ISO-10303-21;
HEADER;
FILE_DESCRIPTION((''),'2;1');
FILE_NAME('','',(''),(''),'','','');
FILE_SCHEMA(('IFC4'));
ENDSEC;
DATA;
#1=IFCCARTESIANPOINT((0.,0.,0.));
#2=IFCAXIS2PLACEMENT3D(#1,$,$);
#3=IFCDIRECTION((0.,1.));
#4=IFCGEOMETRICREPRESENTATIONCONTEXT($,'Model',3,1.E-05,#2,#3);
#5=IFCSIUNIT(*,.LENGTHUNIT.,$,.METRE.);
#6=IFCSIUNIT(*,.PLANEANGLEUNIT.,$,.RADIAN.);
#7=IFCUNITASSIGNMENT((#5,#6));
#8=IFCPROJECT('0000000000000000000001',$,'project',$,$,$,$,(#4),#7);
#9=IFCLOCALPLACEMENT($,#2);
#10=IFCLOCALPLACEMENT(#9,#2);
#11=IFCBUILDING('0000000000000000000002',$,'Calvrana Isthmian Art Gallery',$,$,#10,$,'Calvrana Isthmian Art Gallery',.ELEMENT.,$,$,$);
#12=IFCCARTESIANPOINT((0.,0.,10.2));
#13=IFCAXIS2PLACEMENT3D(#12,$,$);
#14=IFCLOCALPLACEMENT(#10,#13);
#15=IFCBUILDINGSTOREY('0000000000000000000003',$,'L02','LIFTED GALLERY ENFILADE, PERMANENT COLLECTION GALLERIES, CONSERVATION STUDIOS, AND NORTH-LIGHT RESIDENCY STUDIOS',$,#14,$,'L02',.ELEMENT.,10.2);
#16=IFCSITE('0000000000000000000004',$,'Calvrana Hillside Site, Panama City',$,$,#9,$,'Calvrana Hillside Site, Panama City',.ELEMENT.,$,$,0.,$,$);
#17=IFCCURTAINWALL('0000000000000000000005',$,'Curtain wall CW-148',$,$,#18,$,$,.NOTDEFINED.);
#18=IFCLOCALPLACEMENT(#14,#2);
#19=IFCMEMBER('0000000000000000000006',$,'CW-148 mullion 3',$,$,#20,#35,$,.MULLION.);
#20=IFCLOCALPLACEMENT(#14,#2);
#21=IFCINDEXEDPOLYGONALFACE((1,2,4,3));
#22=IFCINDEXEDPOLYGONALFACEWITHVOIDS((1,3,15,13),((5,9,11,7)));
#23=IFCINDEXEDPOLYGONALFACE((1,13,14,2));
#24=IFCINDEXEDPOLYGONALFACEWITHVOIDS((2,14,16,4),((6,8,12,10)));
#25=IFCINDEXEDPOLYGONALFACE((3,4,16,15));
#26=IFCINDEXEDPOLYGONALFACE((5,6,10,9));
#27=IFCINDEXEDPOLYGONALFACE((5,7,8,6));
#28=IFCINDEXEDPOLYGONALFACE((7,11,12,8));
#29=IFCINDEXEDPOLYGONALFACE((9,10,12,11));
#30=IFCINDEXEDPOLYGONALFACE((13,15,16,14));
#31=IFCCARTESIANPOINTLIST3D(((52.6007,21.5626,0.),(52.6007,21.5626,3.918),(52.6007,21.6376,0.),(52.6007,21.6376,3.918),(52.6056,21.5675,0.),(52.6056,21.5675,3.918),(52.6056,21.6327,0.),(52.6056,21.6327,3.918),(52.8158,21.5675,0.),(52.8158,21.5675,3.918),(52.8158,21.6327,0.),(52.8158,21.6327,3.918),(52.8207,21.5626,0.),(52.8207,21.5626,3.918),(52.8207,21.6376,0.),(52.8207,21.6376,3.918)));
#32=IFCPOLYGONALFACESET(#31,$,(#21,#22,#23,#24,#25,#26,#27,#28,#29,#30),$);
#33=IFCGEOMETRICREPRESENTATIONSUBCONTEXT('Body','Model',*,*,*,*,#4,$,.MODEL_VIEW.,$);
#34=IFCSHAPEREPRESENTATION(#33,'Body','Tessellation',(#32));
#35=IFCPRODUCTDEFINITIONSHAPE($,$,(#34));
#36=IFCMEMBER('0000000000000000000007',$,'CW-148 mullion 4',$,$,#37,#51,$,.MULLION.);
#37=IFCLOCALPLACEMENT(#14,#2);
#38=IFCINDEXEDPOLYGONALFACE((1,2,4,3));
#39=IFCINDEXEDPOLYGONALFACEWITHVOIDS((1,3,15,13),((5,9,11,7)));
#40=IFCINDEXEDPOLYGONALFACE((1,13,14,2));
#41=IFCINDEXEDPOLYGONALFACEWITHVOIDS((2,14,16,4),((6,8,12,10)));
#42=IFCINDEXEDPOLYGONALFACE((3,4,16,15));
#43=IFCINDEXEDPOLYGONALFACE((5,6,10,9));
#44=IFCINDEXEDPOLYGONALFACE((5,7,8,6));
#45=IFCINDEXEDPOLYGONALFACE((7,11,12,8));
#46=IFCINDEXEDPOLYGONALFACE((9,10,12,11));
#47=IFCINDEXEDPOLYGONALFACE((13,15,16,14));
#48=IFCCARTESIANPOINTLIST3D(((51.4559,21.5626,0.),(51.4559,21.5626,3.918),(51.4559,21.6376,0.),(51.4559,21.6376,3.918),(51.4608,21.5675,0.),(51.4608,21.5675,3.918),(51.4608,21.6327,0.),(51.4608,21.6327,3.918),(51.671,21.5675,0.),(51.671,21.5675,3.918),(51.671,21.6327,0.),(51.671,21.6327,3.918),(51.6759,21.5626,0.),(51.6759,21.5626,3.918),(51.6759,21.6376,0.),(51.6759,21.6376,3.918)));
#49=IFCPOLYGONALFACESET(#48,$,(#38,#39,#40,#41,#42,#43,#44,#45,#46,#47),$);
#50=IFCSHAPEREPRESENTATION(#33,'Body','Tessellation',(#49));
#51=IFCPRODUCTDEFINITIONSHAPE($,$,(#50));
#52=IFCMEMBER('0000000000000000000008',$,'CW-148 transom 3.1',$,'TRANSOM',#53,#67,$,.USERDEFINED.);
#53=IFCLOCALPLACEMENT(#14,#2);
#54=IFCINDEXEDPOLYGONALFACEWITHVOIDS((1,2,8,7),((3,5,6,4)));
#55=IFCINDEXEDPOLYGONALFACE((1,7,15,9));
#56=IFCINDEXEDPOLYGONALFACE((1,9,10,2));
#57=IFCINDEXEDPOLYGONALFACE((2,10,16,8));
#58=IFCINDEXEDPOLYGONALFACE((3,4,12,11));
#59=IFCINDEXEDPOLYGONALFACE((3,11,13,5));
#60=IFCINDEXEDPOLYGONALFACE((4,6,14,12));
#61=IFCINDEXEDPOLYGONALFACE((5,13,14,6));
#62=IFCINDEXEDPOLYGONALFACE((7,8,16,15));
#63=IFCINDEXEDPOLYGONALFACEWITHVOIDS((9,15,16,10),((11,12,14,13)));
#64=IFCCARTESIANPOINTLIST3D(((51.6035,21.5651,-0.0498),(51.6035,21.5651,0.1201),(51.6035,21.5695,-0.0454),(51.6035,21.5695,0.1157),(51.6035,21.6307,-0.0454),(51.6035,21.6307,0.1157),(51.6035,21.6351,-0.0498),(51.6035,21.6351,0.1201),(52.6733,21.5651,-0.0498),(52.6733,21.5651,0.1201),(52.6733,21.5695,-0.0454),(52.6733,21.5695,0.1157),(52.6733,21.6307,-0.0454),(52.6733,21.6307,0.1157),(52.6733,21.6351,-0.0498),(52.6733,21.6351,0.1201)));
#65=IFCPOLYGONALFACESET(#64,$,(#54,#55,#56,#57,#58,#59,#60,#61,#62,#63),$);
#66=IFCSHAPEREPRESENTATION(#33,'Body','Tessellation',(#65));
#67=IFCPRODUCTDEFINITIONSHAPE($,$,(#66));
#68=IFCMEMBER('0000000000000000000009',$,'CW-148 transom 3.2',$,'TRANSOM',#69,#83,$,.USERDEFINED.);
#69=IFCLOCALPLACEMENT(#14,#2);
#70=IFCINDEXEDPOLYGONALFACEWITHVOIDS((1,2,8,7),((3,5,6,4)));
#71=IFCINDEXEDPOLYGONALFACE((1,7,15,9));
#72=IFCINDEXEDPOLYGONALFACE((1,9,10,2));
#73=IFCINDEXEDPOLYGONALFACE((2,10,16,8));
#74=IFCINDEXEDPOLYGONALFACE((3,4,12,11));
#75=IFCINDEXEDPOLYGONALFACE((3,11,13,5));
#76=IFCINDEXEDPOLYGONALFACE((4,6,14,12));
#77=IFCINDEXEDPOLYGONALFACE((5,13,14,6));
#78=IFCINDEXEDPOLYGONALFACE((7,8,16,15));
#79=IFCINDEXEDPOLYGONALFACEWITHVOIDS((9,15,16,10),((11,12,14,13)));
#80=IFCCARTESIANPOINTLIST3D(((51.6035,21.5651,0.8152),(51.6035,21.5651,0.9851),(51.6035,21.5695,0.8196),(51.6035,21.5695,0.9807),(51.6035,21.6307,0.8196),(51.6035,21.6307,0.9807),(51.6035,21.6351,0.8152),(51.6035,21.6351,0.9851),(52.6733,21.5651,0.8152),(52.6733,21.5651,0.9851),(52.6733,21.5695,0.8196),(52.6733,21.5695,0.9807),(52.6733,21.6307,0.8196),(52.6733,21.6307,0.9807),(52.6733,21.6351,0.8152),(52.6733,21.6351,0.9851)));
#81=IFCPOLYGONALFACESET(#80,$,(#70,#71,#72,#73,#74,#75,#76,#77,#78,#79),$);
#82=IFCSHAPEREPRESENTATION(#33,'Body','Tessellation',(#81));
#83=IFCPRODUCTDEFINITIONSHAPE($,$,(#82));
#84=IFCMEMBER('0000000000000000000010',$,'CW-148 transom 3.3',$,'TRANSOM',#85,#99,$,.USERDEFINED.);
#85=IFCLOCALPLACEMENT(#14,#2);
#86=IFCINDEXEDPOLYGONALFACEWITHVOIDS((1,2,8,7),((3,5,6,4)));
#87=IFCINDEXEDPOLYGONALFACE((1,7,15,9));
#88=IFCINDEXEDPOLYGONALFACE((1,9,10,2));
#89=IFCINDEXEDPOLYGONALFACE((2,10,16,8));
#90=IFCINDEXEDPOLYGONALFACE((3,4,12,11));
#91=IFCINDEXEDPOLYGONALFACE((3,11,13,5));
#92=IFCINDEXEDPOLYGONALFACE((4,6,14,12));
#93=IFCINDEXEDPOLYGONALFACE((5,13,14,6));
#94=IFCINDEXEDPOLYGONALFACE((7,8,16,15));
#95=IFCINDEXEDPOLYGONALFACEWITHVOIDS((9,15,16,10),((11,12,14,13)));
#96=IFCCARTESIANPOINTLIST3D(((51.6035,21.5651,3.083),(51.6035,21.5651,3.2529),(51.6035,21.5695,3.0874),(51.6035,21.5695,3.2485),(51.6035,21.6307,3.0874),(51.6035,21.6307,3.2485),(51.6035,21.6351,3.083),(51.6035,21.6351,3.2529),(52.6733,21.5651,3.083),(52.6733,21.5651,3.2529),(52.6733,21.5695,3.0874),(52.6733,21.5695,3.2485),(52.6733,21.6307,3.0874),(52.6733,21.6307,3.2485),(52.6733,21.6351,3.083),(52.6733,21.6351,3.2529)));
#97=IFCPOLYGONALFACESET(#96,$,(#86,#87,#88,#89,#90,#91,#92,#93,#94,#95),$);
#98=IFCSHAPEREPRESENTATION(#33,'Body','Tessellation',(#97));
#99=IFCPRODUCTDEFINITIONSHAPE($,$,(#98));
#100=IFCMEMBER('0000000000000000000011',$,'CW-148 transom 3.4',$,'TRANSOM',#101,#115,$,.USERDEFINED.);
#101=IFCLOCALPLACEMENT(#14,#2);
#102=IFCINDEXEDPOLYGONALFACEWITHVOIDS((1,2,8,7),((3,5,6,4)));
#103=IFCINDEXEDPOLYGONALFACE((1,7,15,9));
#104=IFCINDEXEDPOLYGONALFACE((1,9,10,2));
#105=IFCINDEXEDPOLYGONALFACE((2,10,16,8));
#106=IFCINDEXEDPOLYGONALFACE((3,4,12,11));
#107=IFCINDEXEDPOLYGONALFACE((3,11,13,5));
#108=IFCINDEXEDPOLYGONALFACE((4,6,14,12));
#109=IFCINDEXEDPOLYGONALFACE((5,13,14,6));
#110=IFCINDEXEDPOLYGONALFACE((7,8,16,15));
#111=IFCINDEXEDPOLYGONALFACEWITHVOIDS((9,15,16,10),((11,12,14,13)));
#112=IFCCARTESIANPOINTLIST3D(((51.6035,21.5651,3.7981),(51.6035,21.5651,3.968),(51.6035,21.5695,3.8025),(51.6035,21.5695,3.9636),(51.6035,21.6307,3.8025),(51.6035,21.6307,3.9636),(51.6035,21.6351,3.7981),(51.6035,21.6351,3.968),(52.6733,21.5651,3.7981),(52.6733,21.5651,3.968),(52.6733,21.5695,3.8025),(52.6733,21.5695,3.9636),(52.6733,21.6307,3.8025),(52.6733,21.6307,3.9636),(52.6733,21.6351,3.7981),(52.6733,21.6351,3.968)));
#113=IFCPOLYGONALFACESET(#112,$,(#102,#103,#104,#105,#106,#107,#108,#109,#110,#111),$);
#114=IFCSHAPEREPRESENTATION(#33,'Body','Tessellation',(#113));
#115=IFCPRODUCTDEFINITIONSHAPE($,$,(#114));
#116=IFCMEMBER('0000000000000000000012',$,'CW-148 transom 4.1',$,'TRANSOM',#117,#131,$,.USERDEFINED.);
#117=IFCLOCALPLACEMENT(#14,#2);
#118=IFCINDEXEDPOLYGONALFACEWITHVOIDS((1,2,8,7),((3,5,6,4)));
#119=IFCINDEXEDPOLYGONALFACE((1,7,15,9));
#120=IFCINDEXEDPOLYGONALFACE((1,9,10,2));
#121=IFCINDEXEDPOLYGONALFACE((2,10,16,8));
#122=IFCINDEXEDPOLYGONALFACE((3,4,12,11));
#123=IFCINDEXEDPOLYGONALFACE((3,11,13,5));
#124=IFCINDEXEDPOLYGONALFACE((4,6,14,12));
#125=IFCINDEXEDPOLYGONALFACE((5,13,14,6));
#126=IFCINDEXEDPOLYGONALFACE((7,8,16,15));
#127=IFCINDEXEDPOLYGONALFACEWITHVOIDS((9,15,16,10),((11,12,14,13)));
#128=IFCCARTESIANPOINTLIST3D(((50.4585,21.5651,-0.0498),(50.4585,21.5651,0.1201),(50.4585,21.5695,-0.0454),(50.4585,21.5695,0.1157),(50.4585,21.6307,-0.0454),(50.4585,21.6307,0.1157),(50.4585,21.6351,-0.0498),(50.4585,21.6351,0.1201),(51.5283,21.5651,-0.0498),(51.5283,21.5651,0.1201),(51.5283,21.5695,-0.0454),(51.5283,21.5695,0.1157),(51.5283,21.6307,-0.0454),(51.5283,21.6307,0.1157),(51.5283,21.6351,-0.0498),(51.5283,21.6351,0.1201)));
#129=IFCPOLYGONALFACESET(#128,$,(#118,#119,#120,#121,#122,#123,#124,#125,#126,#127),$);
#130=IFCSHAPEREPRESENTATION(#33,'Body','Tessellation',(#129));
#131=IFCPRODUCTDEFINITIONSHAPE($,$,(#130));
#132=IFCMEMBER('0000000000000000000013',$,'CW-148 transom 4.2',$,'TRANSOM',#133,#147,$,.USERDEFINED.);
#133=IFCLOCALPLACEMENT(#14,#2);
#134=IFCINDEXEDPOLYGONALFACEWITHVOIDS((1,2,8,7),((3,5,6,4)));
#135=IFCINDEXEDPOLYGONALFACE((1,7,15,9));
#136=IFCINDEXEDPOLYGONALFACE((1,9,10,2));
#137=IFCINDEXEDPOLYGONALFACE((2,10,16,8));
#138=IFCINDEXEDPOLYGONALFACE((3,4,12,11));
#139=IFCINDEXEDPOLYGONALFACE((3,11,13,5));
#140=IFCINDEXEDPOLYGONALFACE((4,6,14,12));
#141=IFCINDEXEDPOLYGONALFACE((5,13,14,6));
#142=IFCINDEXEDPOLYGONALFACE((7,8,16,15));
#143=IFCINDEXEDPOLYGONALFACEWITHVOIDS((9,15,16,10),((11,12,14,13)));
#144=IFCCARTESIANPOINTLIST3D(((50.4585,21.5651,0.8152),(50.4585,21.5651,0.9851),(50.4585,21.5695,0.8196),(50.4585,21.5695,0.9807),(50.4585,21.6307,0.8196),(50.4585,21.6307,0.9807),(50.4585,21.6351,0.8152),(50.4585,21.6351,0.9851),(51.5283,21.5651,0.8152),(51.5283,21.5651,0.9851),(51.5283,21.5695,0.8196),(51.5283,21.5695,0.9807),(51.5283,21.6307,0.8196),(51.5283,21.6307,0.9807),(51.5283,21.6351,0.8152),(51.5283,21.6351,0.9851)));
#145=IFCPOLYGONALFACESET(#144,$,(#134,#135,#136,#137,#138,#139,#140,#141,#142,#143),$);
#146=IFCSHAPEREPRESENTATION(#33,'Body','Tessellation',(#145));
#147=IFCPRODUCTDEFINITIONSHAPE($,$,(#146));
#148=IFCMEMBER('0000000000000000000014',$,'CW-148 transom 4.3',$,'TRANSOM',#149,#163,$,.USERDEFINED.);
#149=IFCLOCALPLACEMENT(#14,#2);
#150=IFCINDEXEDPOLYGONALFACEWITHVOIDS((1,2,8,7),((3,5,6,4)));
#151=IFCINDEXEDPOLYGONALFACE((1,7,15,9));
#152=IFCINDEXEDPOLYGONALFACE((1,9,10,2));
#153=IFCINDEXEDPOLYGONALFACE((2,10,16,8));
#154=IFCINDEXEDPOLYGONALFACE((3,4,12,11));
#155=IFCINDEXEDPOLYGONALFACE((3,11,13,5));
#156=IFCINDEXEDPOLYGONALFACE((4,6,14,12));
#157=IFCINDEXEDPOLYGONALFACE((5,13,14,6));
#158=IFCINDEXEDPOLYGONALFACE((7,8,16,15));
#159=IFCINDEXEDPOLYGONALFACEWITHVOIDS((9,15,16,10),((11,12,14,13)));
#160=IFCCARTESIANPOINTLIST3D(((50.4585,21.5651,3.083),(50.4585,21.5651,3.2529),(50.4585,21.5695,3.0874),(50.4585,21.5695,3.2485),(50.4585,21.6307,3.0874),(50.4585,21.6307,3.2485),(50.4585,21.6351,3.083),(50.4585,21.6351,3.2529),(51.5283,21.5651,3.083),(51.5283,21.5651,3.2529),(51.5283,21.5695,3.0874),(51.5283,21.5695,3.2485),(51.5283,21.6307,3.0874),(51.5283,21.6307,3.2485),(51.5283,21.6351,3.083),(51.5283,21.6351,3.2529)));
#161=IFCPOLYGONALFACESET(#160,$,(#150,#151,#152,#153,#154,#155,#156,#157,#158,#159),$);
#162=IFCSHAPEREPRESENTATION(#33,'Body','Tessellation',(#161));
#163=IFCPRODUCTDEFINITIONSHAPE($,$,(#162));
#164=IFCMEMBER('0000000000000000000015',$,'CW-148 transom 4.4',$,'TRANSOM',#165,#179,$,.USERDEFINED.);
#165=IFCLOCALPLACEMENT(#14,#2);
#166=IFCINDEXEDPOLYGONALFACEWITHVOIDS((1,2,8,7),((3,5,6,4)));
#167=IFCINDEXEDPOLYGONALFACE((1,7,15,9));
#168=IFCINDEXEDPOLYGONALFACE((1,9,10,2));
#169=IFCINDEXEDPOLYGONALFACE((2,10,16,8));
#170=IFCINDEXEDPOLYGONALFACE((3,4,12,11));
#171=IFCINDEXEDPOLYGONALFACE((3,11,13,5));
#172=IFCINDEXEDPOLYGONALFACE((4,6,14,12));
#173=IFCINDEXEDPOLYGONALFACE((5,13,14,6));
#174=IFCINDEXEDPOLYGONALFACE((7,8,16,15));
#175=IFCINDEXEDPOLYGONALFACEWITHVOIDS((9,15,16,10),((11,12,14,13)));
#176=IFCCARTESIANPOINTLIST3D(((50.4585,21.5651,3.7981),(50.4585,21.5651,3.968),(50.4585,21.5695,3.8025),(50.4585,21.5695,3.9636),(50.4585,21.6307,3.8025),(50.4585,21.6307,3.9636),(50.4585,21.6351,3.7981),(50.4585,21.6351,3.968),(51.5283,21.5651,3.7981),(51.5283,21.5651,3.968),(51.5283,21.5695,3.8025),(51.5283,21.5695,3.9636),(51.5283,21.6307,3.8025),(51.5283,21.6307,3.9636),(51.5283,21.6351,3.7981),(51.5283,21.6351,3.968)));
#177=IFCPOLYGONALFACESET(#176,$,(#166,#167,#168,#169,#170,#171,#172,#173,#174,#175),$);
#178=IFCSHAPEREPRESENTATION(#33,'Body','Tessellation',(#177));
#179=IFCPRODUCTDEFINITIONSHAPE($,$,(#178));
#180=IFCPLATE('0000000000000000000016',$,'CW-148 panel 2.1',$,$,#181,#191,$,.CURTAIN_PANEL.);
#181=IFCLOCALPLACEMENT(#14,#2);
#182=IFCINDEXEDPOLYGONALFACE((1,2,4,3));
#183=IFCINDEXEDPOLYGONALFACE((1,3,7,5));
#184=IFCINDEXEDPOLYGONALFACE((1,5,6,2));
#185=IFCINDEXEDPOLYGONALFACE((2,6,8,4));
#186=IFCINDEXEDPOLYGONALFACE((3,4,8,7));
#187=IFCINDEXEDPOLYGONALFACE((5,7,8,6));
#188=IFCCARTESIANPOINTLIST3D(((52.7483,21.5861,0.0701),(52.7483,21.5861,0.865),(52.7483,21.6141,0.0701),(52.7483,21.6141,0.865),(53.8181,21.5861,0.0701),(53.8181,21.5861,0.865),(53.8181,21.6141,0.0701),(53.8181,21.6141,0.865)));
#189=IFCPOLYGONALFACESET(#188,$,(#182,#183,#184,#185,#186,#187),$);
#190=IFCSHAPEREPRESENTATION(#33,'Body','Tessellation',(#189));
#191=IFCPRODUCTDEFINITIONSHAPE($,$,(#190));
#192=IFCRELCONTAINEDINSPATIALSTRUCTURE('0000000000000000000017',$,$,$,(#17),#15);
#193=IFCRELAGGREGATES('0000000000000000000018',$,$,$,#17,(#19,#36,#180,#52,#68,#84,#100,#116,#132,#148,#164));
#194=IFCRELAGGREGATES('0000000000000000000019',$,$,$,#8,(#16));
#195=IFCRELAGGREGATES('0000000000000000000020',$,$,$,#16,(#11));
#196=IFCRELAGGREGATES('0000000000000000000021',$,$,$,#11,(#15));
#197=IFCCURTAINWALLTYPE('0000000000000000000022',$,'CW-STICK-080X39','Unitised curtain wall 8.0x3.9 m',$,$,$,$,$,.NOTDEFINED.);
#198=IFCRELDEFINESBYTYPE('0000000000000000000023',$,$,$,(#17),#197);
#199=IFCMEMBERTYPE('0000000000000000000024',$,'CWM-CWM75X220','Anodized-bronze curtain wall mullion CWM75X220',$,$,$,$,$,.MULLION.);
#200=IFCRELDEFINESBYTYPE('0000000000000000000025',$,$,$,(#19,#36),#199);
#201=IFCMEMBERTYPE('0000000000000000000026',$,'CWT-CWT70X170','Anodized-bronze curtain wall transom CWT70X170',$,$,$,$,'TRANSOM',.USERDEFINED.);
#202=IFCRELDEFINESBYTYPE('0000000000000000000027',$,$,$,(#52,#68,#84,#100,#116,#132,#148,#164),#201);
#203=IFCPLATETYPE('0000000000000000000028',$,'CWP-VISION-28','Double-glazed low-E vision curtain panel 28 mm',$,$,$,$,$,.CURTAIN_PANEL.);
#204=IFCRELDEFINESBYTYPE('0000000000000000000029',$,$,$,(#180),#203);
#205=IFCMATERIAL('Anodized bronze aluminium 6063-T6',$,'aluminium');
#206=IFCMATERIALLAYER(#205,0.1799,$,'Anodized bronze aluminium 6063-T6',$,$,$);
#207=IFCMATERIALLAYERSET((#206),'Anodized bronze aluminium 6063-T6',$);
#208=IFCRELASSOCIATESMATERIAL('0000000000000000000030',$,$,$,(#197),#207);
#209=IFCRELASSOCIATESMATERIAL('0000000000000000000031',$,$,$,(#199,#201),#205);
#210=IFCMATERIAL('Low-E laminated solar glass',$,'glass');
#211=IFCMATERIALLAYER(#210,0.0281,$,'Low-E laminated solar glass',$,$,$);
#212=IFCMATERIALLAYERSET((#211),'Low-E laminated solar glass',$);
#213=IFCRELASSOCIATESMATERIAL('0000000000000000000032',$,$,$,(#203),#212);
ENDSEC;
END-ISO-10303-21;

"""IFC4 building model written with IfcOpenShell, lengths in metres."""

from ifc_helpers import new_model, si_unit, direction, frame, origin, origin_2d, place, context, subcontext, project, spatial, rectangle, hollow_rectangle, extrude, material, layer, layer_set, material_profile, profile_set, type_object, element, aggregate, save


model = new_model("IFC4")

# Units and contexts
model_context = context("Model", 3, precision=1e-05, world=origin(), true_north=direction((0.0, 1.0)))
body_context = subcontext(model_context, "Body", "Model", "MODEL_VIEW")
ifc_project = project(units=[si_unit("LENGTHUNIT", "METRE"), si_unit("PLANEANGLEUNIT", "RADIAN")], contexts=[model_context])

# Site, building, storey
site_placement = place(None, origin())
site = spatial("IfcSite", under=ifc_project, at=site_placement, Name="Calvrana Hillside Site, Panama City", LongName="Calvrana Hillside Site, Panama City", CompositionType="ELEMENT", RefElevation=0.0)
building_placement = place(site_placement, origin())
building = spatial("IfcBuilding", under=site, at=building_placement, Name="Calvrana Isthmian Art Gallery", LongName="Calvrana Isthmian Art Gallery", CompositionType="ELEMENT")
storey_placement = place(building_placement, frame((0.0, 0.0, 10.2)))
storey = spatial("IfcBuildingStorey", under=building, at=storey_placement, Name="L02", Description="LIFTED GALLERY ENFILADE, PERMANENT COLLECTION GALLERIES, CONSERVATION STUDIOS, AND NORTH-LIGHT RESIDENCY STUDIOS", LongName="L02", CompositionType="ELEMENT", Elevation=10.2)

# Curtain wall, members, plate
ifc_material_1 = material(Name="Anodized bronze aluminium 6063-T6", Category="aluminium")
ifc_layer_1 = layer(ifc_material_1, 0.1799, Name="Anodized bronze aluminium 6063-T6")
ifc_layer_set_1 = layer_set([ifc_layer_1], Name="Anodized bronze aluminium 6063-T6")
curtain_wall_type = type_object("IfcCurtainWallType", Name="CW-STICK-080X39", Description="Unitised curtain wall 8.0x3.9 m", PredefinedType="NOTDEFINED", material=ifc_layer_set_1)
curtain_wall_placement = place(storey_placement, origin())
curtain_wall = element("IfcCurtainWall", 1, at=curtain_wall_placement, inside=storey, type_object=curtain_wall_type, Name="Curtain wall CW-148", PredefinedType="NOTDEFINED")
ifc_material_profile_1 = material_profile(ifc_material_1, hollow_rectangle(XDim=0.075, YDim=0.22, WallThickness=0.0049, at=origin_2d()), Name="CWM75X220")
ifc_profile_set_1 = profile_set([ifc_material_profile_1], Name="Anodized bronze aluminium 6063-T6")
member_type_1 = type_object("IfcMemberType", Name="CWM-CWM75X220", Description="Anodized-bronze curtain wall mullion CWM75X220", PredefinedType="MULLION", material=ifc_profile_set_1)
member_1_placement = place(storey_placement, frame((52.7107, 21.6001, 0.0), z_axis=(0.0, 0.0, 1.0), x_axis=(0.0, -1.0, 0.0)))
member_1 = element("IfcMember", 2, at=member_1_placement, type_object=member_type_1, Name="CW-148 mullion 3", PredefinedType="MULLION", context=body_context, shape_type="SweptSolid", body=[
    extrude(hollow_rectangle(XDim=0.075, YDim=0.22, WallThickness=0.0049, at=origin_2d()), origin(), (0.0, 0.0, 1.0), 3.918),
])
member_2_placement = place(storey_placement, frame((51.5659, 21.6001, 0.0), z_axis=(0.0, 0.0, 1.0), x_axis=(0.0, -1.0, 0.0)))
member_2 = element("IfcMember", 3, at=member_2_placement, type_object=member_type_1, Name="CW-148 mullion 4", PredefinedType="MULLION", context=body_context, shape_type="SweptSolid", body=[
    extrude(hollow_rectangle(XDim=0.075, YDim=0.22, WallThickness=0.0049, at=origin_2d()), origin(), (0.0, 0.0, 1.0), 3.918),
])
ifc_material_profile_2 = material_profile(ifc_material_1, hollow_rectangle(XDim=0.0701, YDim=0.1699, WallThickness=0.0044, at=origin_2d()), Name="CWT70X170")
ifc_profile_set_2 = profile_set([ifc_material_profile_2], Name="Anodized bronze aluminium 6063-T6")
member_type_2 = type_object("IfcMemberType", Name="CWT-CWT70X170", Description="Anodized-bronze curtain wall transom CWT70X170", ElementType="TRANSOM", PredefinedType="USERDEFINED", material=ifc_profile_set_2)
member_3_placement = place(storey_placement, frame((52.6733, 21.6001, 0.0352), z_axis=(-1.0, 0.0, 0.0), x_axis=(0.0, -1.0, 0.0)))
member_3 = element("IfcMember", 4, at=member_3_placement, type_object=member_type_2, Name="CW-148 transom 3.1", ObjectType="TRANSOM", PredefinedType="USERDEFINED", context=body_context, shape_type="SweptSolid", body=[
    extrude(hollow_rectangle(XDim=0.0701, YDim=0.1699, WallThickness=0.0044, at=origin_2d()), origin(), (0.0, 0.0, 1.0), 1.0698),
])
member_4_placement = place(storey_placement, frame((52.6733, 21.6001, 0.9001), z_axis=(-1.0, 0.0, 0.0), x_axis=(0.0, -1.0, 0.0)))
member_4 = element("IfcMember", 5, at=member_4_placement, type_object=member_type_2, Name="CW-148 transom 3.2", ObjectType="TRANSOM", PredefinedType="USERDEFINED", context=body_context, shape_type="SweptSolid", body=[
    extrude(hollow_rectangle(XDim=0.0701, YDim=0.1699, WallThickness=0.0044, at=origin_2d()), origin(), (0.0, 0.0, 1.0), 1.0698),
])
member_5_placement = place(storey_placement, frame((52.6733, 21.6001, 3.168), z_axis=(-1.0, 0.0, 0.0), x_axis=(0.0, -1.0, 0.0)))
member_5 = element("IfcMember", 6, at=member_5_placement, type_object=member_type_2, Name="CW-148 transom 3.3", ObjectType="TRANSOM", PredefinedType="USERDEFINED", context=body_context, shape_type="SweptSolid", body=[
    extrude(hollow_rectangle(XDim=0.0701, YDim=0.1699, WallThickness=0.0044, at=origin_2d()), origin(), (0.0, 0.0, 1.0), 1.0698),
])
member_6_placement = place(storey_placement, frame((52.6733, 21.6001, 3.8831), z_axis=(-1.0, 0.0, 0.0), x_axis=(0.0, -1.0, 0.0)))
member_6 = element("IfcMember", 7, at=member_6_placement, type_object=member_type_2, Name="CW-148 transom 3.4", ObjectType="TRANSOM", PredefinedType="USERDEFINED", context=body_context, shape_type="SweptSolid", body=[
    extrude(hollow_rectangle(XDim=0.0701, YDim=0.1699, WallThickness=0.0044, at=origin_2d()), origin(), (0.0, 0.0, 1.0), 1.0698),
])
member_7_placement = place(storey_placement, frame((51.5283, 21.6001, 0.0352), z_axis=(-1.0, 0.0, 0.0), x_axis=(0.0, -1.0, 0.0)))
member_7 = element("IfcMember", 8, at=member_7_placement, type_object=member_type_2, Name="CW-148 transom 4.1", ObjectType="TRANSOM", PredefinedType="USERDEFINED", context=body_context, shape_type="SweptSolid", body=[
    extrude(hollow_rectangle(XDim=0.0701, YDim=0.1699, WallThickness=0.0044, at=origin_2d()), origin(), (0.0, 0.0, 1.0), 1.0698),
])
member_8_placement = place(storey_placement, frame((51.5283, 21.6001, 0.9001), z_axis=(-1.0, 0.0, 0.0), x_axis=(0.0, -1.0, 0.0)))
member_8 = element("IfcMember", 9, at=member_8_placement, type_object=member_type_2, Name="CW-148 transom 4.2", ObjectType="TRANSOM", PredefinedType="USERDEFINED", context=body_context, shape_type="SweptSolid", body=[
    extrude(hollow_rectangle(XDim=0.0701, YDim=0.1699, WallThickness=0.0044, at=origin_2d()), origin(), (0.0, 0.0, 1.0), 1.0698),
])
member_9_placement = place(storey_placement, frame((51.5283, 21.6001, 3.168), z_axis=(-1.0, 0.0, 0.0), x_axis=(0.0, -1.0, 0.0)))
member_9 = element("IfcMember", 10, at=member_9_placement, type_object=member_type_2, Name="CW-148 transom 4.3", ObjectType="TRANSOM", PredefinedType="USERDEFINED", context=body_context, shape_type="SweptSolid", body=[
    extrude(hollow_rectangle(XDim=0.0701, YDim=0.1699, WallThickness=0.0044, at=origin_2d()), origin(), (0.0, 0.0, 1.0), 1.0698),
])
member_10_placement = place(storey_placement, frame((51.5283, 21.6001, 3.8831), z_axis=(-1.0, 0.0, 0.0), x_axis=(0.0, -1.0, 0.0)))
member_10 = element("IfcMember", 11, at=member_10_placement, type_object=member_type_2, Name="CW-148 transom 4.4", ObjectType="TRANSOM", PredefinedType="USERDEFINED", context=body_context, shape_type="SweptSolid", body=[
    extrude(hollow_rectangle(XDim=0.0701, YDim=0.1699, WallThickness=0.0044, at=origin_2d()), origin(), (0.0, 0.0, 1.0), 1.0698),
])
ifc_material_2 = material(Name="Low-E laminated solar glass", Category="glass")
ifc_layer_2 = layer(ifc_material_2, 0.0281, Name="Low-E laminated solar glass")
ifc_layer_set_2 = layer_set([ifc_layer_2], Name="Low-E laminated solar glass")
plate_type = type_object("IfcPlateType", Name="CWP-VISION-28", Description="Double-glazed low-E vision curtain panel 28 mm", PredefinedType="CURTAIN_PANEL", material=ifc_layer_set_2)
plate_1_placement = place(storey_placement, frame((53.2832, 21.6001, 0.0701), z_axis=(0.0, 0.0, 1.0), x_axis=(-1.0, 0.0, 0.0)))
plate_1 = element("IfcPlate", 12, at=plate_1_placement, type_object=plate_type, Name="CW-148 panel 2.1", PredefinedType="CURTAIN_PANEL", context=body_context, shape_type="SweptSolid", body=[
    extrude(rectangle(XDim=1.0698, YDim=0.0281, at=origin_2d()), origin(), (0.0, 0.0, 1.0), 0.7949),
])
aggregate(curtain_wall, [member_1, member_2, plate_1, member_3, member_4, member_5, member_6, member_7, member_8, member_9, member_10])

save(model, "model.ifc")
